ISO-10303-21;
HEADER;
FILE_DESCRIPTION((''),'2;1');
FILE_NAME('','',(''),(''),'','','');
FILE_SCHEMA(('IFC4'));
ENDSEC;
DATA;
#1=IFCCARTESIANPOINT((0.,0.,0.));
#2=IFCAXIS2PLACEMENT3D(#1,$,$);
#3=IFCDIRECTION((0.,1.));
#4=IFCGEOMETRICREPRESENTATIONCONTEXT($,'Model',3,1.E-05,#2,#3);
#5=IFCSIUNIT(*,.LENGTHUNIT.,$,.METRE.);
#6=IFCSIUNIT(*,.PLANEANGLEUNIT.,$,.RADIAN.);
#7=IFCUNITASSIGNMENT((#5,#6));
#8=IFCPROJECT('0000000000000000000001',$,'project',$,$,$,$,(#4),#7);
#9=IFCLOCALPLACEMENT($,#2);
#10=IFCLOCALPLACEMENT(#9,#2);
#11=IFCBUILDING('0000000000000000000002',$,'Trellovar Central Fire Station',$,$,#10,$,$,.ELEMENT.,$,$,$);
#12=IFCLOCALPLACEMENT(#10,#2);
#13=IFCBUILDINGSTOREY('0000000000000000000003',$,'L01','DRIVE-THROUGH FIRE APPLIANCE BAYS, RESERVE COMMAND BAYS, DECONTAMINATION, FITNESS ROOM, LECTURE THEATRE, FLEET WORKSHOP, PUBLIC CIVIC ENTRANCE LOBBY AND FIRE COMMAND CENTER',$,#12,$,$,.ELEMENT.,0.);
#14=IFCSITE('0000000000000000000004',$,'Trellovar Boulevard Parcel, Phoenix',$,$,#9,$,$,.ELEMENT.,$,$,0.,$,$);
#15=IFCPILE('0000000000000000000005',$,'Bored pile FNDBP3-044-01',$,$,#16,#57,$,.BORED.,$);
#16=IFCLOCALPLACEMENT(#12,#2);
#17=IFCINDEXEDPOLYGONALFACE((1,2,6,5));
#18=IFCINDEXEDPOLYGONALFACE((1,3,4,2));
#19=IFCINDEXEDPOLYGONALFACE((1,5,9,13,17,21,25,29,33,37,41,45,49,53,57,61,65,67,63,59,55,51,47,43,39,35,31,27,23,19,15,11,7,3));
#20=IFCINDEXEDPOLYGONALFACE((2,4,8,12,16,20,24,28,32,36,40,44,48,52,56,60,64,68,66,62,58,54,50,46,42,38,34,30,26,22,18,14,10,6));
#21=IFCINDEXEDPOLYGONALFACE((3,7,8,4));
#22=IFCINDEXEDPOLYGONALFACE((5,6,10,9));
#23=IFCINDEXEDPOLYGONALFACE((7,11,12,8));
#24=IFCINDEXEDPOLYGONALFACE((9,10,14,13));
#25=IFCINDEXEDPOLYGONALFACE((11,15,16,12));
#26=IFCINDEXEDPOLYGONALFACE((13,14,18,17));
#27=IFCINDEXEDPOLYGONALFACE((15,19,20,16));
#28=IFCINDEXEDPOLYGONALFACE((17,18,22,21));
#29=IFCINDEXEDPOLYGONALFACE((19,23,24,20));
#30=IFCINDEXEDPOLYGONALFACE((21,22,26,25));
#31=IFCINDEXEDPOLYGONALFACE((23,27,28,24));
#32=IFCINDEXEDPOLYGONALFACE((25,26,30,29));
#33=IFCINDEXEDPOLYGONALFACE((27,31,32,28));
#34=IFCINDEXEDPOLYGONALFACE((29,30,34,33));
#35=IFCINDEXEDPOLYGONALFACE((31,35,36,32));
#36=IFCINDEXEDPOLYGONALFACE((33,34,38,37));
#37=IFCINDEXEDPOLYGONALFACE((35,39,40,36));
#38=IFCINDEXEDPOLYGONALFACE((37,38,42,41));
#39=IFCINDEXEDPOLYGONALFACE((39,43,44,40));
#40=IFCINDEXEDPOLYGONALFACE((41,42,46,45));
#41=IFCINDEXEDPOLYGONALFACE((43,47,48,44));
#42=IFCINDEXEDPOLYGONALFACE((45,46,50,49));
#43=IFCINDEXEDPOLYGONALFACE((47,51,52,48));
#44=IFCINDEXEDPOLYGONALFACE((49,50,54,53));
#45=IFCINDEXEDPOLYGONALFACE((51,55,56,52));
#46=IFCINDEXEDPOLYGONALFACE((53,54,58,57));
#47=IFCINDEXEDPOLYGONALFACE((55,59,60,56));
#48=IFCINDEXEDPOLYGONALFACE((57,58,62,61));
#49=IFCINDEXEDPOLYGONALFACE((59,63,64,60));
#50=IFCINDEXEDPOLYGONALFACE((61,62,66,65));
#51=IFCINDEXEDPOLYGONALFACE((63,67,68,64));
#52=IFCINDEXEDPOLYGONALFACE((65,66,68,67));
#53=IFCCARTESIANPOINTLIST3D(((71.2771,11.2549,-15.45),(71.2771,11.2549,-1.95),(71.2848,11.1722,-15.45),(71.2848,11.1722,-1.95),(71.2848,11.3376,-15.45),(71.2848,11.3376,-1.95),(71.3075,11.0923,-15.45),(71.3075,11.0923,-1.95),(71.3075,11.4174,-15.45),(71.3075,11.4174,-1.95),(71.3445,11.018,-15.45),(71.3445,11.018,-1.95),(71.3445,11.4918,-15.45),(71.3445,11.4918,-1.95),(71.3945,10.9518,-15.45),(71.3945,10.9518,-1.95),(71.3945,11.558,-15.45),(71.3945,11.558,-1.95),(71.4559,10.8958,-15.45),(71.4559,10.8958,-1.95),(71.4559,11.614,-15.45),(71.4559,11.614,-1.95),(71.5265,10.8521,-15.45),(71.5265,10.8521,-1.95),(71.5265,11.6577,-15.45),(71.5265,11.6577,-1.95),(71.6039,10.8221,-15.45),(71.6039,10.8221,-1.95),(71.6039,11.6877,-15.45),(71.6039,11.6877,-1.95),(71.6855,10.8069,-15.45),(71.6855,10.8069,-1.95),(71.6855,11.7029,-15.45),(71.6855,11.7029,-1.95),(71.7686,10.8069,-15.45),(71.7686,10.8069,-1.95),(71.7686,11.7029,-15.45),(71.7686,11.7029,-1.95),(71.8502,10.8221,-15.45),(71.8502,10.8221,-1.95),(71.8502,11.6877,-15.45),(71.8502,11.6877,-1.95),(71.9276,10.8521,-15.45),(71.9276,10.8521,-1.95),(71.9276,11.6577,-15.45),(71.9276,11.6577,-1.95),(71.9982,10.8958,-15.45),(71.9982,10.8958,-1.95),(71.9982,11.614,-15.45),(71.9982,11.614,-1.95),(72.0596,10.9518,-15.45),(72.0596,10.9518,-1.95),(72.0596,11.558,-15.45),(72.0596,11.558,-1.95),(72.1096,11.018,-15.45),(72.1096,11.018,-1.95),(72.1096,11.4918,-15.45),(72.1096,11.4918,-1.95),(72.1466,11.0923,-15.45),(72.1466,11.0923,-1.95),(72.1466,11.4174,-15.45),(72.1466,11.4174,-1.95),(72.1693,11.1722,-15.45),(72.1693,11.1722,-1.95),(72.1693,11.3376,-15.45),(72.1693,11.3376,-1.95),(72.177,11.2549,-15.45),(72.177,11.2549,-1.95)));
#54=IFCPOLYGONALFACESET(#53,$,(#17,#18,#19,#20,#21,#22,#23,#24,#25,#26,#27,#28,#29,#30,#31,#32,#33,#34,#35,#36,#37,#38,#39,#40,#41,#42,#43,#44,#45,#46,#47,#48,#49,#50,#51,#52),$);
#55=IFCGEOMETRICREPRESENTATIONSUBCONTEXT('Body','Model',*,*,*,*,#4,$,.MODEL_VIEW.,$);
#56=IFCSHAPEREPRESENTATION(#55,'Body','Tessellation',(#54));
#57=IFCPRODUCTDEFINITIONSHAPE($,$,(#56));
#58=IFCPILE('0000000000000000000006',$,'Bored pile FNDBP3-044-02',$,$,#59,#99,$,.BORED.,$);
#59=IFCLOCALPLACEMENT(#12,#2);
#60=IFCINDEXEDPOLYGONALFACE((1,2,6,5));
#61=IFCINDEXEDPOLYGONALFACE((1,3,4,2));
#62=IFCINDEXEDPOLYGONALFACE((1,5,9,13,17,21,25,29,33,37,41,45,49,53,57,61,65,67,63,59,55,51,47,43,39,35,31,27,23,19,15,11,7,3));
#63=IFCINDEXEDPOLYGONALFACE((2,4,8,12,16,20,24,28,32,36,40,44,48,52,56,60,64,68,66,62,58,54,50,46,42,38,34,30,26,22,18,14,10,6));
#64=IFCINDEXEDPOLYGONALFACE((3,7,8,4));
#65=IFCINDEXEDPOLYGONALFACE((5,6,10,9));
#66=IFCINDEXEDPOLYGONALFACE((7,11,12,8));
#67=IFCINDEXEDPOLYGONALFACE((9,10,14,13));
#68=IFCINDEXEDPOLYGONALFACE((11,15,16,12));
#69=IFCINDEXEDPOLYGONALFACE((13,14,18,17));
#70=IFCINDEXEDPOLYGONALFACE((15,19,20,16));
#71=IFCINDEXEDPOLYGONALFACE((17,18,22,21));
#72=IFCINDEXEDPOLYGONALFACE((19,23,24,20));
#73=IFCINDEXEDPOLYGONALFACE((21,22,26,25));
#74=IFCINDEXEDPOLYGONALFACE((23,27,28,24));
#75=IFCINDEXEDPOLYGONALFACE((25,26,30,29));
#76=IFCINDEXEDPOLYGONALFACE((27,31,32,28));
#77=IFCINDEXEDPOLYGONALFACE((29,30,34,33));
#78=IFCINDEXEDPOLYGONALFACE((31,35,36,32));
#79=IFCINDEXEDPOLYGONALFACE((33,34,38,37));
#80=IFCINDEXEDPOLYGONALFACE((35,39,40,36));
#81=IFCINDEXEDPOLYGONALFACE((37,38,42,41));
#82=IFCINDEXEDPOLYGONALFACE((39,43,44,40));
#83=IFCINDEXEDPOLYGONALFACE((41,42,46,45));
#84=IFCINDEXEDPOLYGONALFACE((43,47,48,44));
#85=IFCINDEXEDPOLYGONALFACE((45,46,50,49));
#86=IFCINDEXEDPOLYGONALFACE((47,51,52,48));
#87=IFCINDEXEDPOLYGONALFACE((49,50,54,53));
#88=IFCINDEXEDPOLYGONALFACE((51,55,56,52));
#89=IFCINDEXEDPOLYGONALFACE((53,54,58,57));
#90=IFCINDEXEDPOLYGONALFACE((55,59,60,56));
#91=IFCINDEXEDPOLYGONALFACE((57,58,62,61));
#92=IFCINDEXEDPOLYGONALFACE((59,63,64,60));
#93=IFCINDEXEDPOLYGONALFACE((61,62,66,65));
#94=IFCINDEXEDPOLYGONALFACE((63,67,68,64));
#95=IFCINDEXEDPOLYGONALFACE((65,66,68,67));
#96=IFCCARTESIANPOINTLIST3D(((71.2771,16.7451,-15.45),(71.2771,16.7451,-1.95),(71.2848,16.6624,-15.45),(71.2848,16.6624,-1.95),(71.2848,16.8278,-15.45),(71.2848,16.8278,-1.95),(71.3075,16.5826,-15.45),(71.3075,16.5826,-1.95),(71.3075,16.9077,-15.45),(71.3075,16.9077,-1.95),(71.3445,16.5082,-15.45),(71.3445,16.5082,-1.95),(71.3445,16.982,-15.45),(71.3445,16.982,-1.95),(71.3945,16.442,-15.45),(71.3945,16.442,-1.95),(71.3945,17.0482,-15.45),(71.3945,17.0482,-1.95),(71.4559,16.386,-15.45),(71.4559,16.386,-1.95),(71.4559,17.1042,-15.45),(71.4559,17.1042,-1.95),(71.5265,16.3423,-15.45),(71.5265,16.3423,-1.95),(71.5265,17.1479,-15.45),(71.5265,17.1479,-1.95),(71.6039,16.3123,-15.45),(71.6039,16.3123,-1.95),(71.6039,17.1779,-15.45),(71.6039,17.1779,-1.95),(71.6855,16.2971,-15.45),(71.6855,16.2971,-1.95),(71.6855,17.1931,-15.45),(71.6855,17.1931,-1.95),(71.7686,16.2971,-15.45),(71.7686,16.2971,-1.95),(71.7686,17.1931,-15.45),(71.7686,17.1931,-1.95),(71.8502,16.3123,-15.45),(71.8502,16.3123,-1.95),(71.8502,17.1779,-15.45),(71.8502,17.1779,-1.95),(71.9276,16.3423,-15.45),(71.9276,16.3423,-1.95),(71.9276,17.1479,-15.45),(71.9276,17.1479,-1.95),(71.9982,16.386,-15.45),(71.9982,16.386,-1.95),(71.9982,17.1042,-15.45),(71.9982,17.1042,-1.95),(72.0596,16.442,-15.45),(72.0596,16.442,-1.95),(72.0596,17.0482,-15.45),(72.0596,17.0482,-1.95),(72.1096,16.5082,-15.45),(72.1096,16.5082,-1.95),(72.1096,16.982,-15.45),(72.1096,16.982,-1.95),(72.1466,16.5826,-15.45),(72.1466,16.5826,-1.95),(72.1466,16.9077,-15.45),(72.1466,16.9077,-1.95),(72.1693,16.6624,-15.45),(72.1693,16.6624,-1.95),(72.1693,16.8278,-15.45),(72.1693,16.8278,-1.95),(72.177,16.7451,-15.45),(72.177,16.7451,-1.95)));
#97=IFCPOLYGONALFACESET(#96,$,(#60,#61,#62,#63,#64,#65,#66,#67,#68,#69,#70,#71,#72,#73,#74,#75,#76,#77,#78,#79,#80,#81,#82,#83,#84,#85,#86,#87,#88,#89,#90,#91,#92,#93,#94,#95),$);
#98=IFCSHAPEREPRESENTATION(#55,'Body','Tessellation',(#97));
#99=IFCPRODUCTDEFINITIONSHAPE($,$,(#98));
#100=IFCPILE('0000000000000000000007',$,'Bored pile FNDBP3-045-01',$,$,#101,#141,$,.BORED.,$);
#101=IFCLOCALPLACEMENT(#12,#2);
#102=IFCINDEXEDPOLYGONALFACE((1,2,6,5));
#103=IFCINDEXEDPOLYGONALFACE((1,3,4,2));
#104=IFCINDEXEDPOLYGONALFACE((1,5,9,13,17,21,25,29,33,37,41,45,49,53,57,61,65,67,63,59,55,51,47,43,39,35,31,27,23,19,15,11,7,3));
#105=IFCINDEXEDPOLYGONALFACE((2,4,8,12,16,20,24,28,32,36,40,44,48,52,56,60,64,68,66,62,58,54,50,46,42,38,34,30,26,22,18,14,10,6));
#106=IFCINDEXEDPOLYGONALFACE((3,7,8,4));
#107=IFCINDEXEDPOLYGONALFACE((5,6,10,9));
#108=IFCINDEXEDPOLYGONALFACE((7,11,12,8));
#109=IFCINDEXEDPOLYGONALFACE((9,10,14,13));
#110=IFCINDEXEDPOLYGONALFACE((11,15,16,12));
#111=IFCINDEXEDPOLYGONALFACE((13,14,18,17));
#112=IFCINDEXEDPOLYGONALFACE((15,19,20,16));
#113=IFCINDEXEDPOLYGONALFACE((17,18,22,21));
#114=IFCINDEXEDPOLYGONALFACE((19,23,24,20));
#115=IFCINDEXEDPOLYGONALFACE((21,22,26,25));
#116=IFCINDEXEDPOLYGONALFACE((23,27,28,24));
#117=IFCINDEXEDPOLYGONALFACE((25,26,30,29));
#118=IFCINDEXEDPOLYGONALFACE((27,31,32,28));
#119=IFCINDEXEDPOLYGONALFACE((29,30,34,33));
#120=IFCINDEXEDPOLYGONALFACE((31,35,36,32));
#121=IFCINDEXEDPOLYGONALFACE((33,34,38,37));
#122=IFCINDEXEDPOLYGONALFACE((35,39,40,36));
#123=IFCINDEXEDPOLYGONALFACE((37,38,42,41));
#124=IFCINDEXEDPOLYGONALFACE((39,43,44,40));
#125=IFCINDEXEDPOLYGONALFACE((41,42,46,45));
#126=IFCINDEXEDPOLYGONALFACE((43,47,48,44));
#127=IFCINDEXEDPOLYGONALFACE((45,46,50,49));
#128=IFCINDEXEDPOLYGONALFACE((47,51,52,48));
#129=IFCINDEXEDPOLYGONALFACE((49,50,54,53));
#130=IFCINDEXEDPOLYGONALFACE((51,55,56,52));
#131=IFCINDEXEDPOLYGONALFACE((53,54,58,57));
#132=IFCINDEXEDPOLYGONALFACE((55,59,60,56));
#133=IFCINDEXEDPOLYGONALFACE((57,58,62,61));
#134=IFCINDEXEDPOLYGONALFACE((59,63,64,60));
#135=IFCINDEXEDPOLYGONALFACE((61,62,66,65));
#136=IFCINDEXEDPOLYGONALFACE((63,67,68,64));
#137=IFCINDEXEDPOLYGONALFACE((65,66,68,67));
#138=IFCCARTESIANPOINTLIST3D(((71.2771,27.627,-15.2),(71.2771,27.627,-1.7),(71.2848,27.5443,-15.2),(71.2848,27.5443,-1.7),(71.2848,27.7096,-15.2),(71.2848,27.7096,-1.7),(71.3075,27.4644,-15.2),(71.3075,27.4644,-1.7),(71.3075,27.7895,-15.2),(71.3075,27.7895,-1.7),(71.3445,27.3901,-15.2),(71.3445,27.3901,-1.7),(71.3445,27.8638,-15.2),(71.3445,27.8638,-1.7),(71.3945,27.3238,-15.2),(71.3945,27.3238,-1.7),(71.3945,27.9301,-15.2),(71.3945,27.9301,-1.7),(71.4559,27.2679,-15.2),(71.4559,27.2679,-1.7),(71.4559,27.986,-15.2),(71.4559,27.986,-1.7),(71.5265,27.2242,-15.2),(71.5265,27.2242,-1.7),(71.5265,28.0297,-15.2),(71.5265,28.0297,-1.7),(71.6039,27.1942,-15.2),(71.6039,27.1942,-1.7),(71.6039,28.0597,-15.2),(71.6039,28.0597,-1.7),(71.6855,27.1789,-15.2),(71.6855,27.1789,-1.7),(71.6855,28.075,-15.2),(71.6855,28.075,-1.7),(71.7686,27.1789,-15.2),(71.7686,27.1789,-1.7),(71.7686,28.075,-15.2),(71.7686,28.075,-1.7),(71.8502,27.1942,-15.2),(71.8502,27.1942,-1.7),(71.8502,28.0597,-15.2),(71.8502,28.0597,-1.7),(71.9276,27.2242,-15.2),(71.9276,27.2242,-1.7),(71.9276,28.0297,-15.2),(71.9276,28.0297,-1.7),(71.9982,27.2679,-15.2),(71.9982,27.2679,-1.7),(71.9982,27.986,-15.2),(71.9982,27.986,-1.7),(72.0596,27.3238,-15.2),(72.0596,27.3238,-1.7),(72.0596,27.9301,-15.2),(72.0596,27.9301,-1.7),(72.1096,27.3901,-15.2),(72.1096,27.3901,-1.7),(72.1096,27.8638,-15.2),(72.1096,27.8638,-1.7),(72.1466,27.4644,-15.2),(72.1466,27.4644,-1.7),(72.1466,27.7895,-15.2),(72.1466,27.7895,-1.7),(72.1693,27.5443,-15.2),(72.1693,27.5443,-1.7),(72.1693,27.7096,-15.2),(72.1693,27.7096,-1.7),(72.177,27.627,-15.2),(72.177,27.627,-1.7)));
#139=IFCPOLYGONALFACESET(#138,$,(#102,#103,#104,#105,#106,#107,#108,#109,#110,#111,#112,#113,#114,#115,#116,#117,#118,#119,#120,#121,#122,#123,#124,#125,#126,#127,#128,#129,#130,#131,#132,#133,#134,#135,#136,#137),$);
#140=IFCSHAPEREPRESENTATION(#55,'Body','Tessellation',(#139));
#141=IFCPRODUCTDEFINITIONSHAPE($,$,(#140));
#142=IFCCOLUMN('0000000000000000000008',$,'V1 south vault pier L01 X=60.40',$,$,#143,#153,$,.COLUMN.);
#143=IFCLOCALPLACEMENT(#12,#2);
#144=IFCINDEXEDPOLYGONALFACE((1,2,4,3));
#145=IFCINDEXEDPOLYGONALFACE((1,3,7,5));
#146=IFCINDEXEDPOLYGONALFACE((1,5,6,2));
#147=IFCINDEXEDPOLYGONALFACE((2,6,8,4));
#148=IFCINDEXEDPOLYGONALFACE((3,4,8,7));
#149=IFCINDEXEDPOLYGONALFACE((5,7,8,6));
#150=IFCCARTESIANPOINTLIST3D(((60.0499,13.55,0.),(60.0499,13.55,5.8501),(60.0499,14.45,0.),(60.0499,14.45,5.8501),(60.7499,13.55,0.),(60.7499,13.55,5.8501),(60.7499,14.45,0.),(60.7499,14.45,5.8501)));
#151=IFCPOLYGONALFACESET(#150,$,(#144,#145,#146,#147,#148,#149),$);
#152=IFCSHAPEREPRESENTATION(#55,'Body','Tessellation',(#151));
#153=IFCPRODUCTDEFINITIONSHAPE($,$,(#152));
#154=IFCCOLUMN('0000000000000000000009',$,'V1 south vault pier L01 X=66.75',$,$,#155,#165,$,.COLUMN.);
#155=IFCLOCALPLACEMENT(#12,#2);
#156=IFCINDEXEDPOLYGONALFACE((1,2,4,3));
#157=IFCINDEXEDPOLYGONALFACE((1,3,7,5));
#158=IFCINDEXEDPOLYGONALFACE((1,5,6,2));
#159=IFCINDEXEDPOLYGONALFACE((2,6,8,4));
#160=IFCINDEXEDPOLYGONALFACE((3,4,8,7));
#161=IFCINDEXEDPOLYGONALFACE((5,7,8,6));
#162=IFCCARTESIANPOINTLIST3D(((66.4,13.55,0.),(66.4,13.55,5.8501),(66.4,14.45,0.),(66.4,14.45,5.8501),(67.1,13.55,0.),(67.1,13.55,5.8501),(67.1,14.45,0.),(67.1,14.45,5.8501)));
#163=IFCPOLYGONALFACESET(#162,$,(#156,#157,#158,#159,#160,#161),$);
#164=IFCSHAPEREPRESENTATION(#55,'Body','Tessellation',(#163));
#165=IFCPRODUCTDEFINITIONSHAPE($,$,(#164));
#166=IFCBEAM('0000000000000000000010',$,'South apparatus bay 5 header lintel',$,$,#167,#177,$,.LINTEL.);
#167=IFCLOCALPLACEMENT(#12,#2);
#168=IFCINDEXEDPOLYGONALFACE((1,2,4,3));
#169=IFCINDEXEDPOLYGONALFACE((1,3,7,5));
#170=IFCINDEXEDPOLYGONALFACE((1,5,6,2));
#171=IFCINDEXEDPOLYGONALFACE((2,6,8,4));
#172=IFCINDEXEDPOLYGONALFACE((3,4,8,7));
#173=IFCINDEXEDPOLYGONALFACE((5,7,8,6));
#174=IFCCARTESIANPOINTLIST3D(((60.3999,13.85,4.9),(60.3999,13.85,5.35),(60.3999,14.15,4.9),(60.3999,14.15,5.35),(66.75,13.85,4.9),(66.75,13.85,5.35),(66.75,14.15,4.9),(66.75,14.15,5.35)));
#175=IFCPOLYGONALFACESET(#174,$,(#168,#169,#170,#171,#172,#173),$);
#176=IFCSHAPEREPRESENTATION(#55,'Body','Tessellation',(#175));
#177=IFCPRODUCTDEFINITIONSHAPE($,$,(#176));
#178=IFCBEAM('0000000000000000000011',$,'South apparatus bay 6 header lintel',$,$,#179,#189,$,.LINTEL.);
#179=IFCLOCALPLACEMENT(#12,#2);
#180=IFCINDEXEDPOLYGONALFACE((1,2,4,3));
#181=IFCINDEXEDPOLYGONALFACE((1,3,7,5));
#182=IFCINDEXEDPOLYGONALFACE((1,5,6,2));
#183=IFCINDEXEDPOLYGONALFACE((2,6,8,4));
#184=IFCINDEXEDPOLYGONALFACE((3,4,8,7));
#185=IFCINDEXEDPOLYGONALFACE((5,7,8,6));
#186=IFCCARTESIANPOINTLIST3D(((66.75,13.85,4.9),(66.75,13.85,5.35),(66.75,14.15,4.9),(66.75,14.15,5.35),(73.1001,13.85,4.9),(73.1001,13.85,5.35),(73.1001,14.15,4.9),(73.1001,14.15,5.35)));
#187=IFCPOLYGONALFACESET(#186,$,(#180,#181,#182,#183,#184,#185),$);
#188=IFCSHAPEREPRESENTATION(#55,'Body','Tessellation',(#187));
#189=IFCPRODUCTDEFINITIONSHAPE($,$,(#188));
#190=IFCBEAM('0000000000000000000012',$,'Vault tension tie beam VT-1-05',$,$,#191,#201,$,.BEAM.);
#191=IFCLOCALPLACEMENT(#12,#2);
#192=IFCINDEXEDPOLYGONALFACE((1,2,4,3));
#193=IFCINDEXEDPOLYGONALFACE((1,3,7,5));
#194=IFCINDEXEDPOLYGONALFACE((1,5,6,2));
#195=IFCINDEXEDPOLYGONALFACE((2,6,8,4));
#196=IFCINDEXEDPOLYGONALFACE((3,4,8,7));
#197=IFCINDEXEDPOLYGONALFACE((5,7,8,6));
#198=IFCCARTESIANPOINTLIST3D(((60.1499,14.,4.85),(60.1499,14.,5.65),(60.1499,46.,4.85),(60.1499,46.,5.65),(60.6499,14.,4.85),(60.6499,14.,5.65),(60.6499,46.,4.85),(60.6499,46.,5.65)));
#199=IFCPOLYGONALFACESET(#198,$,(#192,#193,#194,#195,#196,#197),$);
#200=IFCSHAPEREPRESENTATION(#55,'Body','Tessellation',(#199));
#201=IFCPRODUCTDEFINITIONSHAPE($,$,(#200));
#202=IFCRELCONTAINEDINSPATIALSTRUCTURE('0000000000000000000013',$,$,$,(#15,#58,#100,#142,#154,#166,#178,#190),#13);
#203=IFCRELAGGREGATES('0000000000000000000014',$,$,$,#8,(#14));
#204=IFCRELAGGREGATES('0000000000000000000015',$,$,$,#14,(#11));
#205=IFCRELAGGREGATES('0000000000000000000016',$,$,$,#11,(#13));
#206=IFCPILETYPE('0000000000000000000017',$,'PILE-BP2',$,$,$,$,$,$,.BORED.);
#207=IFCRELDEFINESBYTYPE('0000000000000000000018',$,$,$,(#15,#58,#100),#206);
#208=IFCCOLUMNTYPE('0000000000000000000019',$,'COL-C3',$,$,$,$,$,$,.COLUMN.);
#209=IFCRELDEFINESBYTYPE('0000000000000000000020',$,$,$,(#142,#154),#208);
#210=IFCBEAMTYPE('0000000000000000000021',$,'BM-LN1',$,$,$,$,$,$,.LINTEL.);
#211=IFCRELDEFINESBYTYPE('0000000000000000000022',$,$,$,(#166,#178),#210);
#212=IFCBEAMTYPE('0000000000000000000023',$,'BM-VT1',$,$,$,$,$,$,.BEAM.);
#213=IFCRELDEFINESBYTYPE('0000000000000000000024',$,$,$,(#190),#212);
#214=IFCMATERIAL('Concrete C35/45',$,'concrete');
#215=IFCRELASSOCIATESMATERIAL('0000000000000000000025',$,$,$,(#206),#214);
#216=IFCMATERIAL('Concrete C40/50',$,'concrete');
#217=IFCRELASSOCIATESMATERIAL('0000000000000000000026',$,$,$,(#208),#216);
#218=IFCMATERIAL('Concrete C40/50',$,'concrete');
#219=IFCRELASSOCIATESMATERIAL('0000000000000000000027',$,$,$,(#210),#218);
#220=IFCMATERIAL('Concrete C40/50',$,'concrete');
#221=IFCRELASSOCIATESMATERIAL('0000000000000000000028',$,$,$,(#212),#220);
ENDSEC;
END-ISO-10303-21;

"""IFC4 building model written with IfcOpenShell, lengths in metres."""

from ifc_helpers import new_model, si_unit, direction, frame, origin, origin_2d, place, context, subcontext, project, spatial, rectangle, circle, extrude, material, material_profile, profile_set, type_object, element, save


model = new_model("IFC4")

# Units and contexts
model_context = context("Model", 3, precision=1e-05, world=origin(), true_north=direction((0.0, 1.0)))
body_context = subcontext(model_context, "Body", "Model", "MODEL_VIEW")
ifc_project = project(units=[si_unit("LENGTHUNIT", "METRE"), si_unit("PLANEANGLEUNIT", "RADIAN")], contexts=[model_context])

# Site, building, storey
site_placement = place(None, origin())
site = spatial("IfcSite", under=ifc_project, at=site_placement, Name="Trellovar Boulevard Parcel, Phoenix", CompositionType="ELEMENT", RefElevation=0.0)
building_placement = place(site_placement, origin())
building = spatial("IfcBuilding", under=site, at=building_placement, Name="Trellovar Central Fire Station", CompositionType="ELEMENT")
storey_placement = place(building_placement, origin())
storey = spatial("IfcBuildingStorey", under=building, at=storey_placement, Name="L01", Description="DRIVE-THROUGH FIRE APPLIANCE BAYS, RESERVE COMMAND BAYS, DECONTAMINATION, FITNESS ROOM, LECTURE THEATRE, FLEET WORKSHOP, PUBLIC CIVIC ENTRANCE LOBBY AND FIRE COMMAND CENTER", CompositionType="ELEMENT", Elevation=0.0)

# Piles
ifc_material_1 = material(Name="Concrete C35/45", Category="concrete")
ifc_material_profile_1 = material_profile(ifc_material_1, circle(Radius=0.45, at=origin_2d()), Name="PILE900")
ifc_profile_set_1 = profile_set([ifc_material_profile_1], Name="Concrete C35/45")
pile_type = type_object("IfcPileType", Name="PILE-BP2", PredefinedType="BORED", material=ifc_profile_set_1)
for number, where, z_axis, x_axis, name in (
    (1, (71.7271, 11.2549, -1.95), (0.0, 0.0, -1.0), (1.0, 0.0, 0.0), "Bored pile FNDBP3-044-01"),
    (2, (71.7271, 16.7451, -1.95), (0.0, 0.0, -1.0), (1.0, 0.0, 0.0), "Bored pile FNDBP3-044-02"),
    (3, (71.7271, 27.627, -1.7), (0.0, 0.0, -1.0), (1.0, 0.0, 0.0), "Bored pile FNDBP3-045-01"),
):
    element("IfcPile", number, at=place(storey_placement, frame(where, z_axis=z_axis, x_axis=x_axis)), inside=storey, type_object=pile_type, Name=name, PredefinedType="BORED", context=body_context, shape_type="SweptSolid", body=[
        extrude(circle(Radius=0.45, at=origin_2d()), origin(), (0.0, 0.0, 1.0), 13.5),
    ])

# Columns
ifc_material_2 = material(Name="Concrete C40/50", Category="concrete")
ifc_material_profile_2 = material_profile(ifc_material_2, rectangle(XDim=0.7, YDim=0.8999, at=origin_2d()), Name="RC700X900")
ifc_profile_set_2 = profile_set([ifc_material_profile_2], Name="Concrete C40/50")
column_type = type_object("IfcColumnType", Name="COL-C3", PredefinedType="COLUMN", material=ifc_profile_set_2)
for number, where, z_axis, x_axis, name in (
    (4, (60.3999, 14.0, 0.0), (0.0, 0.0, 1.0), (1.0, 0.0, 0.0), "V1 south vault pier L01 X=60.40"),
    (5, (66.75, 14.0, 0.0), (0.0, 0.0, 1.0), (1.0, 0.0, 0.0), "V1 south vault pier L01 X=66.75"),
):
    element("IfcColumn", number, at=place(storey_placement, frame(where, z_axis=z_axis, x_axis=x_axis)), inside=storey, type_object=column_type, Name=name, PredefinedType="COLUMN", context=body_context, shape_type="SweptSolid", body=[
        extrude(rectangle(XDim=0.7, YDim=0.8999, at=origin_2d()), origin(), (0.0, 0.0, 1.0), 5.8501),
    ])

# Beams
ifc_material_3 = material(Name="Concrete C40/50", Category="concrete")
ifc_material_profile_3 = material_profile(ifc_material_3, rectangle(XDim=0.3, YDim=0.45, at=origin_2d()), Name="RC300X450")
ifc_profile_set_3 = profile_set([ifc_material_profile_3], Name="Concrete C40/50")
beam_type_1 = type_object("IfcBeamType", Name="BM-LN1", PredefinedType="LINTEL", material=ifc_profile_set_3)
for number, where, z_axis, x_axis, name in (
    (6, (60.3999, 14.0, 5.125), (1.0, 0.0, 0.0), (0.0, 1.0, 0.0), "South apparatus bay 5 header lintel"),
    (7, (66.75, 14.0, 5.125), (1.0, 0.0, 0.0), (0.0, 1.0, 0.0), "South apparatus bay 6 header lintel"),
):
    element("IfcBeam", number, at=place(storey_placement, frame(where, z_axis=z_axis, x_axis=x_axis)), inside=storey, type_object=beam_type_1, Name=name, PredefinedType="LINTEL", context=body_context, shape_type="SweptSolid", body=[
        extrude(rectangle(XDim=0.3, YDim=0.45, at=origin_2d()), origin(), (0.0, 0.0, 1.0), 6.3501),
    ])
ifc_material_4 = material(Name="Concrete C40/50", Category="concrete")
ifc_material_profile_4 = material_profile(ifc_material_4, rectangle(XDim=0.5, YDim=0.8, at=origin_2d()), Name="RC500X800")
ifc_profile_set_4 = profile_set([ifc_material_profile_4], Name="Concrete C40/50")
beam_type_2 = type_object("IfcBeamType", Name="BM-VT1", PredefinedType="BEAM", material=ifc_profile_set_4)
for number, where, z_axis, x_axis, name in (
    (8, (60.3999, 14.0, 5.25), (0.0, 1.0, 0.0), (-1.0, 0.0, 0.0), "Vault tension tie beam VT-1-05"),
):
    element("IfcBeam", number, at=place(storey_placement, frame(where, z_axis=z_axis, x_axis=x_axis)), inside=storey, type_object=beam_type_2, Name=name, PredefinedType="BEAM", context=body_context, shape_type="SweptSolid", body=[
        extrude(rectangle(XDim=0.5, YDim=0.8, at=origin_2d()), origin(), (0.0, 0.0, 1.0), 32.0),
    ])

save(model, "model.ifc")
